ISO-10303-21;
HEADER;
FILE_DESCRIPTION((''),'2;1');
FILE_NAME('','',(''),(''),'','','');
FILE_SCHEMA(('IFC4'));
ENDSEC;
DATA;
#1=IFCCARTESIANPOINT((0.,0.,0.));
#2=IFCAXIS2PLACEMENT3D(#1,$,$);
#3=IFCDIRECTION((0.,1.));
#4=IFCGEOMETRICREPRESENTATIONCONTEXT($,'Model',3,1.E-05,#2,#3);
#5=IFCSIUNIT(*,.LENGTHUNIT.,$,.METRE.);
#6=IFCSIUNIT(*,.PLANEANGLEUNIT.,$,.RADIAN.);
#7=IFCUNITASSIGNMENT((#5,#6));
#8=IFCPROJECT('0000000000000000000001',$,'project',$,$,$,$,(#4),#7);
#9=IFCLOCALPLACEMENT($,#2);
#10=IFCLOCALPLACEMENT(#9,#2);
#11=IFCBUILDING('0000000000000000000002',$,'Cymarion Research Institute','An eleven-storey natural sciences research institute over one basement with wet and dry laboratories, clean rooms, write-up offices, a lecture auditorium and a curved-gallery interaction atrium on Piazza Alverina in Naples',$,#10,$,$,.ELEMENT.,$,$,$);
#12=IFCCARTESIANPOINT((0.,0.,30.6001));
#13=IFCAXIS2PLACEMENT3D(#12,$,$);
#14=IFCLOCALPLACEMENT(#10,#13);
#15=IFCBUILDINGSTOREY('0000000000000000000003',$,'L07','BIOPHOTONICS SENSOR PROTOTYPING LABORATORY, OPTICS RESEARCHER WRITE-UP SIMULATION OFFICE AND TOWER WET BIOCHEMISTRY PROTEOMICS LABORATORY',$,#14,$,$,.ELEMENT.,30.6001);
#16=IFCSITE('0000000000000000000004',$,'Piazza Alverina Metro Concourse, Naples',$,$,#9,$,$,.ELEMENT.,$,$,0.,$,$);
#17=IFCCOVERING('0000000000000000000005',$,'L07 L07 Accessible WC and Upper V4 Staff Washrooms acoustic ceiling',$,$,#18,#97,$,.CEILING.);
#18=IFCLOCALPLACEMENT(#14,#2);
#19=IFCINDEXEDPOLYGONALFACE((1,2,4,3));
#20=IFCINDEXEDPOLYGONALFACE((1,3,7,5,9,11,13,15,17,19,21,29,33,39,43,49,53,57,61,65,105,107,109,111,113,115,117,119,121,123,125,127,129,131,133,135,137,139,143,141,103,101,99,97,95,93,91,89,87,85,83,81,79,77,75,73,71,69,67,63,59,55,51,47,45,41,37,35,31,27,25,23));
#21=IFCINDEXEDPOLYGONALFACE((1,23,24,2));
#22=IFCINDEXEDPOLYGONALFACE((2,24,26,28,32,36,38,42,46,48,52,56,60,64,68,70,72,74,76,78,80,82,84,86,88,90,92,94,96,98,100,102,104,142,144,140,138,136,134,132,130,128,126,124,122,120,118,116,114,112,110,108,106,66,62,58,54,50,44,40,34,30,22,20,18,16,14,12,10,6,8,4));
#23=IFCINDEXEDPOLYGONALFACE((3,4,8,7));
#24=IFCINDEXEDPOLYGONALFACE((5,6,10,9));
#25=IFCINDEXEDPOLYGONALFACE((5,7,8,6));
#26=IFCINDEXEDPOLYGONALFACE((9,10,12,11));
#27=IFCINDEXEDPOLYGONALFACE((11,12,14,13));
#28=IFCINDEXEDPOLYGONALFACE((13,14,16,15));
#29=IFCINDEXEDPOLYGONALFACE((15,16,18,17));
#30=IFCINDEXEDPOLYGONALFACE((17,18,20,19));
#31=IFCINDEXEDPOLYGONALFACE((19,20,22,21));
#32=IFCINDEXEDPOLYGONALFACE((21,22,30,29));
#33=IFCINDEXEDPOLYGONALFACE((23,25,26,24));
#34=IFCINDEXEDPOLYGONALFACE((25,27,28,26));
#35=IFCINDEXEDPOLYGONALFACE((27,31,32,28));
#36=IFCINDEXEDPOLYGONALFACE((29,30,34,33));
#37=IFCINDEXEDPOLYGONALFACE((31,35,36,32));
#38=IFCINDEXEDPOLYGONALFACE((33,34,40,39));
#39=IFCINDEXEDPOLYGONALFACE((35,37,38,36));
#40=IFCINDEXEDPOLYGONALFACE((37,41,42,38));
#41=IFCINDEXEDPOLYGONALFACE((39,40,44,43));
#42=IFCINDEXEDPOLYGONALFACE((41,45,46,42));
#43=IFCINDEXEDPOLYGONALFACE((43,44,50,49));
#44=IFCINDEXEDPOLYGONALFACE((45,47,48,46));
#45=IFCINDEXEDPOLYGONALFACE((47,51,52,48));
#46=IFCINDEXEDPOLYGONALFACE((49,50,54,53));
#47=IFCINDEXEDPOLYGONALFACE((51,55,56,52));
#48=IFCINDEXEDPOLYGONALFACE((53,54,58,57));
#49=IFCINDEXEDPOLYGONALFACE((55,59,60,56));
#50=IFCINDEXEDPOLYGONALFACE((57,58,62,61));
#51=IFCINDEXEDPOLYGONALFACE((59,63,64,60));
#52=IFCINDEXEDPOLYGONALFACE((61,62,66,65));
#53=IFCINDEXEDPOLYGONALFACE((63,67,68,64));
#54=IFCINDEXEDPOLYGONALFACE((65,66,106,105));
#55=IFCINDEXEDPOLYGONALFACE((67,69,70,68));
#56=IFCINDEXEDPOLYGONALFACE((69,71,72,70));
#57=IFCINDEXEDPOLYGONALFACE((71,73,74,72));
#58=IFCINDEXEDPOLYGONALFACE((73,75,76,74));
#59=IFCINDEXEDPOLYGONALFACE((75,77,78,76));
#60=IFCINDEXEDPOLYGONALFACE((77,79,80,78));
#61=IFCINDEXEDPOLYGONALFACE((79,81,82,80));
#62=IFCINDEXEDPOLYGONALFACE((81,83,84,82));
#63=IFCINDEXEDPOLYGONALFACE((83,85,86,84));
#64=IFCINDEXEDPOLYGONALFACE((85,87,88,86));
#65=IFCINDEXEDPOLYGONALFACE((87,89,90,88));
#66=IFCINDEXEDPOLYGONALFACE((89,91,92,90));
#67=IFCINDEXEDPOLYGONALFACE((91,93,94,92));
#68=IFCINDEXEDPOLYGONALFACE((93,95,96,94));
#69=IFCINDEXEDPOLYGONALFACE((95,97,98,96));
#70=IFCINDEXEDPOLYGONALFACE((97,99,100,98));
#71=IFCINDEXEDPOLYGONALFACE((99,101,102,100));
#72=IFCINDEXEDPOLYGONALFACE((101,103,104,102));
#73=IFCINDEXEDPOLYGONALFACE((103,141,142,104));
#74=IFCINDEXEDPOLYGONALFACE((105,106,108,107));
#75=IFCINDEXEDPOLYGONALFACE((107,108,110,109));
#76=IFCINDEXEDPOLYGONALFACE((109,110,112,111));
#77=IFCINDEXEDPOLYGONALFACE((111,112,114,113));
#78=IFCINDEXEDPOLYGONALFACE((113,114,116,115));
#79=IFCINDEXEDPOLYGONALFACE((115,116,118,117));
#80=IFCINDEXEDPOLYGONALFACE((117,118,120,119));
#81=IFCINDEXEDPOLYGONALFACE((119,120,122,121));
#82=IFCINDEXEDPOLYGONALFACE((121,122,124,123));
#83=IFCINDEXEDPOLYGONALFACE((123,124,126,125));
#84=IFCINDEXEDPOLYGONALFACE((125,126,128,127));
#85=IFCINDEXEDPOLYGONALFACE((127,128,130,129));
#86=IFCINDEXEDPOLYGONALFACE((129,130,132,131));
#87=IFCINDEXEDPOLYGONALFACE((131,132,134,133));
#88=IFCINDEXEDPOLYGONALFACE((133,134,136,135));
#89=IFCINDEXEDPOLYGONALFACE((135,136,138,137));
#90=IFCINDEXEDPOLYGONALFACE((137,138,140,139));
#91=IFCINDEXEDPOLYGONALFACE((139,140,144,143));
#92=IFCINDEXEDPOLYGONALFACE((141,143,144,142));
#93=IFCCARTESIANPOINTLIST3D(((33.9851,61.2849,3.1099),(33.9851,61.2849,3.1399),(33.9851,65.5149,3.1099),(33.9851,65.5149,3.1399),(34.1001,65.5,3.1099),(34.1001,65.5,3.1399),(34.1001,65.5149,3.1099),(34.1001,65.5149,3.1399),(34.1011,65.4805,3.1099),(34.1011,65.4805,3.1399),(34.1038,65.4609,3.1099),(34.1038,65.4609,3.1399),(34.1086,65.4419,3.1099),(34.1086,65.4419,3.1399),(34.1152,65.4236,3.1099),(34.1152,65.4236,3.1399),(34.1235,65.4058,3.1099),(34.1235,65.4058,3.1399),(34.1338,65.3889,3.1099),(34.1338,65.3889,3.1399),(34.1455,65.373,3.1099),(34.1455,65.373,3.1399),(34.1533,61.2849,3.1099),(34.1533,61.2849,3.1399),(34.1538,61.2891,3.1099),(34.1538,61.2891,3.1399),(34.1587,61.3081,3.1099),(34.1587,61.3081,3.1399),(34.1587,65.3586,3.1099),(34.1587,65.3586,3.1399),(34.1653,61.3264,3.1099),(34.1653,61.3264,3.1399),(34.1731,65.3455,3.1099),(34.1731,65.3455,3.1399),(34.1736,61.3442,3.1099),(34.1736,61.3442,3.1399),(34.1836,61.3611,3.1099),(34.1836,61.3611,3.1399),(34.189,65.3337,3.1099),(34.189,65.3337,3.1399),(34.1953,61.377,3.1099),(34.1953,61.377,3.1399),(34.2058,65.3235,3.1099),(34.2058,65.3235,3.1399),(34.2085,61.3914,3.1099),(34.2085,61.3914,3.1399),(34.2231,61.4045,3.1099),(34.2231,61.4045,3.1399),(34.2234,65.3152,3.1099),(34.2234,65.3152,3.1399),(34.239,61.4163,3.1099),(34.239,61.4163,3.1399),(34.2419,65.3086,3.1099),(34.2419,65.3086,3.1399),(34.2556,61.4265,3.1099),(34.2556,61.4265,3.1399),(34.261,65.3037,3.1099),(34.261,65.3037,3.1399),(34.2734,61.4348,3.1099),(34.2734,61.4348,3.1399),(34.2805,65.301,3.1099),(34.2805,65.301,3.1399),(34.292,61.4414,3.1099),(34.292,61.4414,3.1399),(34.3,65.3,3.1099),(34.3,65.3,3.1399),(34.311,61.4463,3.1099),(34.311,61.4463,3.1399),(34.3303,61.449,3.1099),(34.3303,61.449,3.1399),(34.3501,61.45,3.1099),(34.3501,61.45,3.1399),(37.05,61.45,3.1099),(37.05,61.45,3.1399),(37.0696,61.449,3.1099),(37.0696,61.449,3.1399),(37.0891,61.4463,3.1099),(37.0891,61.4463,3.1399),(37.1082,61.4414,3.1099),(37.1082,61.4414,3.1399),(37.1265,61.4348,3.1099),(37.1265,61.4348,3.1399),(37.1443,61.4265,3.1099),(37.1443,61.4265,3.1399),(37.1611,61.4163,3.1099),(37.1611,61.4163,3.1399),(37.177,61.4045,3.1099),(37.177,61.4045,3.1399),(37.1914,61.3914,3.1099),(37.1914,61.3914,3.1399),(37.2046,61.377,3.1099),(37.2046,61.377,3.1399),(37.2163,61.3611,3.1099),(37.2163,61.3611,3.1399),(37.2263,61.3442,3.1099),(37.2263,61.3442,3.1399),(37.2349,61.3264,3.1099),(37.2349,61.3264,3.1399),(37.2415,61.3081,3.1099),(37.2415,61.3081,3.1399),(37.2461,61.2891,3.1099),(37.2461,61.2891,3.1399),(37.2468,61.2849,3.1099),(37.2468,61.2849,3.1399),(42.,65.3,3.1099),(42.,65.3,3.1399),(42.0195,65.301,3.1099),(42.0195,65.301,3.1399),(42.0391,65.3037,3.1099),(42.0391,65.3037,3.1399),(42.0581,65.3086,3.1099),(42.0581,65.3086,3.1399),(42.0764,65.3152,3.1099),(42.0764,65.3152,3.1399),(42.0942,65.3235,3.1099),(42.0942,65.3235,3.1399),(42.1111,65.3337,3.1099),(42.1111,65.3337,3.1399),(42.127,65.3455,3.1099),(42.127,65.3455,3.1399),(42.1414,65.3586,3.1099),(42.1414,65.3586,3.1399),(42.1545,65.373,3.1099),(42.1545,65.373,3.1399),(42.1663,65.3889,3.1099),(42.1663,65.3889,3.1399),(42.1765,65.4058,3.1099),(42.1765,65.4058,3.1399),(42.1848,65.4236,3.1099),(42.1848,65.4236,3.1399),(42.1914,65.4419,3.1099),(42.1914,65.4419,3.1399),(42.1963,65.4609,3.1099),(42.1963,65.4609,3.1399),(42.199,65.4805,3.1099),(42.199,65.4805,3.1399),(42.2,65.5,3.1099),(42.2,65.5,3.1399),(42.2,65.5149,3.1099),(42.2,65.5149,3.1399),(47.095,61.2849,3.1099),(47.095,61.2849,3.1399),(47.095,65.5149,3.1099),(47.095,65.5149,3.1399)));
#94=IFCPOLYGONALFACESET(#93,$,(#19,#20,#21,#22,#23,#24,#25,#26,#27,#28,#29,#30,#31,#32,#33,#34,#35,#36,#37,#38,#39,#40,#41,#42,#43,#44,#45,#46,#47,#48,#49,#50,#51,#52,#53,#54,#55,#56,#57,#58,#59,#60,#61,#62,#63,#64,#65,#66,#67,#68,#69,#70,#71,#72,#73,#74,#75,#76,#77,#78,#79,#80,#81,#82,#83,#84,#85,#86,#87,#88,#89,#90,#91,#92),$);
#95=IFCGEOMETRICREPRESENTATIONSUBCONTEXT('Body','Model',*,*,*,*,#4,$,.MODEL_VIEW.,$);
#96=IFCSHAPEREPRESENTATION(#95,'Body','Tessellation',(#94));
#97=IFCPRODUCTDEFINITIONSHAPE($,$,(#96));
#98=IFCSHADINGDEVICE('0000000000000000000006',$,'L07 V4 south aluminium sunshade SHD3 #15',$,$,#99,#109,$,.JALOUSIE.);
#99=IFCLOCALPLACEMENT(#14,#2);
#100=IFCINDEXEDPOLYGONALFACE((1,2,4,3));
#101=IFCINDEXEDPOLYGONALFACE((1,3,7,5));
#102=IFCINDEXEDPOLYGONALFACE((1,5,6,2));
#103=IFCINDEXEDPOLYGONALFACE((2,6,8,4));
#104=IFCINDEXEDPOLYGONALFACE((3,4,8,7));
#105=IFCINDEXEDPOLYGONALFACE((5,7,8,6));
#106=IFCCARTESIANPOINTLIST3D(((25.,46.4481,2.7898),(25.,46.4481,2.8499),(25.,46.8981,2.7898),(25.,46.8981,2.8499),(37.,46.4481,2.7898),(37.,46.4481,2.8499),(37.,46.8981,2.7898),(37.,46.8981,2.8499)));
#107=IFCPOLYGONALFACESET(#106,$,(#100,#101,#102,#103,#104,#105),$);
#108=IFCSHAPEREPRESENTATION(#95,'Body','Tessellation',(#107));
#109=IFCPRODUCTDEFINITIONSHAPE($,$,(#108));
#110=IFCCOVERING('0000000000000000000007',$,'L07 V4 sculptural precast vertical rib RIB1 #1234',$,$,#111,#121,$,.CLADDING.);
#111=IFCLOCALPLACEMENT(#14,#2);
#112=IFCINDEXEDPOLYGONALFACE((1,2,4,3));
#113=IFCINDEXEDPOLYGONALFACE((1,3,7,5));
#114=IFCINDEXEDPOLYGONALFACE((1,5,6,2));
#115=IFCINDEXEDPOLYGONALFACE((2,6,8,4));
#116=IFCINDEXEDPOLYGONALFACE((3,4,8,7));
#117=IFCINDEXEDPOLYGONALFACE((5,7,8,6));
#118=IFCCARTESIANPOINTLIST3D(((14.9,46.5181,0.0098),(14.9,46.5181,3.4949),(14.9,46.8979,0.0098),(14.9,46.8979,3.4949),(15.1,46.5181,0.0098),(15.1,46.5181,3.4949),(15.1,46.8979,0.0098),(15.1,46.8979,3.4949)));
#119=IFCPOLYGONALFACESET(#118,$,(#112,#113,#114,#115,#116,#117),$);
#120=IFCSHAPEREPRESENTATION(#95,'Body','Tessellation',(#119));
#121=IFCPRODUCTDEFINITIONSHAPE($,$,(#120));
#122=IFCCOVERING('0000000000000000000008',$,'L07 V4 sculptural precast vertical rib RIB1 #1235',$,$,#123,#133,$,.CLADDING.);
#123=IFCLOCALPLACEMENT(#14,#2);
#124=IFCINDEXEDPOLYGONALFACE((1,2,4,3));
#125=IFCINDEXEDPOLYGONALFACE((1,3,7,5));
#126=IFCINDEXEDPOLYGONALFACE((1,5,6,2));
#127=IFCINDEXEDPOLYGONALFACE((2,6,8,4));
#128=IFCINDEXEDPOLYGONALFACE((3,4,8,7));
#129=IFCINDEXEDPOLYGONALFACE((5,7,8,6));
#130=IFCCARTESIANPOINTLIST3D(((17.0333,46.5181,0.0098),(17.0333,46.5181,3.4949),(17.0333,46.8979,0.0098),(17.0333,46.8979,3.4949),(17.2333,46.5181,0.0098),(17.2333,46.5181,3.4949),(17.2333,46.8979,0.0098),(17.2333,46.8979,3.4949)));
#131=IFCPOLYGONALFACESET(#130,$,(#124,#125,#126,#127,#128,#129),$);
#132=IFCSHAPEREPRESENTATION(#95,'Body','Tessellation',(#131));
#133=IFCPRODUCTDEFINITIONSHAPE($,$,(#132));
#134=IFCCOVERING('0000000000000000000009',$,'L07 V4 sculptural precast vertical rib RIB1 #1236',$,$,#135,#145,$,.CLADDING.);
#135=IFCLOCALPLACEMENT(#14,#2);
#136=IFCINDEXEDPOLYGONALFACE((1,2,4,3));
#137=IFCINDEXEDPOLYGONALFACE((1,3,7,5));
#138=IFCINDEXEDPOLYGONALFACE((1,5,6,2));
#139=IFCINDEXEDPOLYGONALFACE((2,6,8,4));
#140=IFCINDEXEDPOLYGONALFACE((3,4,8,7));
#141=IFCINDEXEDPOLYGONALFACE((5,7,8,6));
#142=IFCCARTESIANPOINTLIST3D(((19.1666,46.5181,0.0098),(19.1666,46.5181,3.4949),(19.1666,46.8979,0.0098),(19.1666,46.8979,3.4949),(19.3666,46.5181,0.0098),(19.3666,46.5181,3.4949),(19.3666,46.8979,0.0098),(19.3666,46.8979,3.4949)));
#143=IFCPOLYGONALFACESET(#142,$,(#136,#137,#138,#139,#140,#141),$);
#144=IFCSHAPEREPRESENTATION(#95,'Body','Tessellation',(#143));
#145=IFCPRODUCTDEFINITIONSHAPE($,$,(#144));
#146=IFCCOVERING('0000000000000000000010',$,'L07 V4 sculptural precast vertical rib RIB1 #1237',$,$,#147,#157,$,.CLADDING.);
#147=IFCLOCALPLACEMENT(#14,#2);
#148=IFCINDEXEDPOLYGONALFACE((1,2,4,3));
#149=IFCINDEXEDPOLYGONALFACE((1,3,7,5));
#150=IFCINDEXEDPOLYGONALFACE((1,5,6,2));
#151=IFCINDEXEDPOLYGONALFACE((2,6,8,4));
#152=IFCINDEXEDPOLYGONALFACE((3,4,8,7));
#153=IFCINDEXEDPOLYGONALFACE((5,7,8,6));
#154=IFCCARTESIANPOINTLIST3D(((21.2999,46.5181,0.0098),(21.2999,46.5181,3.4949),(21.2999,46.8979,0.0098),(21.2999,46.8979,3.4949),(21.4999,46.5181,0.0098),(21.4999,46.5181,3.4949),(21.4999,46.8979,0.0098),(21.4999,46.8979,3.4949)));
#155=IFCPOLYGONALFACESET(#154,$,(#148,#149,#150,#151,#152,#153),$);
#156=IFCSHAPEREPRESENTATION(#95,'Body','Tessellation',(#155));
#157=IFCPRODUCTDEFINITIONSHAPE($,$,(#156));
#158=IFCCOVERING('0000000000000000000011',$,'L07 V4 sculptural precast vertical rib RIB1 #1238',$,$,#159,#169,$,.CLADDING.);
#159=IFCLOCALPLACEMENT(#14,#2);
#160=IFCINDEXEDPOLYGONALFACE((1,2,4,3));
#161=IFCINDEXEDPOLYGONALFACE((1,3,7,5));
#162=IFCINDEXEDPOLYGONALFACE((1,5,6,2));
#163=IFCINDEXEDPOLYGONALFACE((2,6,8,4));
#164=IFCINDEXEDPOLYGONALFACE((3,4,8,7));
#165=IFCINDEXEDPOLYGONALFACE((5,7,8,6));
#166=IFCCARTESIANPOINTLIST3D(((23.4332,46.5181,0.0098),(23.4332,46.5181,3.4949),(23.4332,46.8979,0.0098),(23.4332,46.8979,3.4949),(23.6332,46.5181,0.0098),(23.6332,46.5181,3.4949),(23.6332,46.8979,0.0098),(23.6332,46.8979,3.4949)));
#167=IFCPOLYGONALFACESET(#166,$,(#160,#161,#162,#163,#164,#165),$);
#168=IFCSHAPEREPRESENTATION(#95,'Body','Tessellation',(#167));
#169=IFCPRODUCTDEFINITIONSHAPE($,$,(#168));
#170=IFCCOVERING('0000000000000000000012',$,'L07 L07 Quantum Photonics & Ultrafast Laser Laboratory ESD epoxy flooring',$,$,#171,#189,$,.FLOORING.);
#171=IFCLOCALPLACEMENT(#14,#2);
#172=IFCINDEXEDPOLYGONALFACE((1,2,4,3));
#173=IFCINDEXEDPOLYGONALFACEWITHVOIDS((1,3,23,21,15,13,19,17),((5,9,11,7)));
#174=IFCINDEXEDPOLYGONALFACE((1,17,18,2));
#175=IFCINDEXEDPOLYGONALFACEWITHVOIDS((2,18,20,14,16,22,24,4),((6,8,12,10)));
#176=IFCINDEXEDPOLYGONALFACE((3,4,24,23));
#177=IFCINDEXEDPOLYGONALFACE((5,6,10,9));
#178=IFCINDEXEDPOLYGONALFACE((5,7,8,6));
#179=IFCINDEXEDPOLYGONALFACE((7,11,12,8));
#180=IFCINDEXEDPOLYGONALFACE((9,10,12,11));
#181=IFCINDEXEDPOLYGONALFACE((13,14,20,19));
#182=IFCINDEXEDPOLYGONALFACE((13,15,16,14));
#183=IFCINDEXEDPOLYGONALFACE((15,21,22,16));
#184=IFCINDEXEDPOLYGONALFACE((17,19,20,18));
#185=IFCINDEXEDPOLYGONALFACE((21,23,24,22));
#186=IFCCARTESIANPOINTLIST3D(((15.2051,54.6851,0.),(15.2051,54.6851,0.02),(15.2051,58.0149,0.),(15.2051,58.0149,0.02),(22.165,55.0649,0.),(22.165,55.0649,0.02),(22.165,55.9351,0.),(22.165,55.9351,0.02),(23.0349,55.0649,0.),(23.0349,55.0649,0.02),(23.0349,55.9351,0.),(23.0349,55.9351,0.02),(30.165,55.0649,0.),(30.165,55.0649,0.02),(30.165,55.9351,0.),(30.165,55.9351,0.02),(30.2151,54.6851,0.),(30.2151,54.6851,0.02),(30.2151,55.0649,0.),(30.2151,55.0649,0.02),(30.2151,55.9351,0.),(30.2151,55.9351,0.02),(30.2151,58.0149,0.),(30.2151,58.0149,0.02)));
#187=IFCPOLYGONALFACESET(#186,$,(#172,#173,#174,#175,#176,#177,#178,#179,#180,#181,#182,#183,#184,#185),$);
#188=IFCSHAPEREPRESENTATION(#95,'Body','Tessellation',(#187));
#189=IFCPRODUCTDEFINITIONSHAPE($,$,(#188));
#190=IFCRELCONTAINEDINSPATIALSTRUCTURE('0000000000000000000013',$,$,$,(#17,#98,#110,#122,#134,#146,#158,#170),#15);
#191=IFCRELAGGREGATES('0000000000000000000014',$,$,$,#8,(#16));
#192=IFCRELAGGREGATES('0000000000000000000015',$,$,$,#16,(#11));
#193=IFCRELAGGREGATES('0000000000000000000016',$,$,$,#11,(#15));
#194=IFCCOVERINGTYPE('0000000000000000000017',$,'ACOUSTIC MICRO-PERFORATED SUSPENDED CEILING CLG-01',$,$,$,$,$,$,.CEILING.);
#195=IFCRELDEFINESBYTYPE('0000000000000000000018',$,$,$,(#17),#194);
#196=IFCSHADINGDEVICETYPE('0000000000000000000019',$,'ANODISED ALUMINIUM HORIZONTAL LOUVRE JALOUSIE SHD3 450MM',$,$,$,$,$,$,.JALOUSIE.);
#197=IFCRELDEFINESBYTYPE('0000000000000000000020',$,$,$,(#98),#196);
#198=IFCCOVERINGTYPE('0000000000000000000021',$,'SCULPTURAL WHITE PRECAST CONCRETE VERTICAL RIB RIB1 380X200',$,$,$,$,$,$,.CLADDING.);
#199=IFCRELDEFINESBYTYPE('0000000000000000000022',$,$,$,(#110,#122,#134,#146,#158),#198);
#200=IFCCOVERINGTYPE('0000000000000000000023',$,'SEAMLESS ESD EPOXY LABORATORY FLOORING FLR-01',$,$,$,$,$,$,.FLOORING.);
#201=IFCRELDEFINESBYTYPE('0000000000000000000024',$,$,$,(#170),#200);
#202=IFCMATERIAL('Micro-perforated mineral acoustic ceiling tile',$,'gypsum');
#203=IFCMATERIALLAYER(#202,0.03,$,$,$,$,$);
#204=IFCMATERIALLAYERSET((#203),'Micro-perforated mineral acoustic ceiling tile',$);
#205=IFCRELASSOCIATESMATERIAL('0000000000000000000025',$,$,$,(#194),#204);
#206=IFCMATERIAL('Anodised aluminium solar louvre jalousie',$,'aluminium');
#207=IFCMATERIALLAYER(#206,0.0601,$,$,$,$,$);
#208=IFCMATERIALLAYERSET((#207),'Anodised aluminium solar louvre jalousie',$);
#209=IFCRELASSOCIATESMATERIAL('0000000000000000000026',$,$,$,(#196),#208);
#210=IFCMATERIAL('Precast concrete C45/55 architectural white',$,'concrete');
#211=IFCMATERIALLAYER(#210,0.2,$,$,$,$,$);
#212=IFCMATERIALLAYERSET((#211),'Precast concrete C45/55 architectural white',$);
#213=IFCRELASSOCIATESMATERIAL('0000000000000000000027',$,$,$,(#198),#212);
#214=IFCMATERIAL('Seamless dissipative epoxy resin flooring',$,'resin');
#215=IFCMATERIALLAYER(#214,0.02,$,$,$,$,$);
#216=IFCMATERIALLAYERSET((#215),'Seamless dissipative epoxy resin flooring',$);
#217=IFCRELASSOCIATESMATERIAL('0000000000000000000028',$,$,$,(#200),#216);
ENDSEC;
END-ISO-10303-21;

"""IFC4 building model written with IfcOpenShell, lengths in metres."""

from ifc_helpers import new_model, si_unit, direction, frame, origin, origin_2d, place, context, subcontext, project, spatial, polyline, rectangle, outline, extrude, material, layer, layer_set, type_object, element, save


model = new_model("IFC4")

# Units and contexts
model_context = context("Model", 3, precision=1e-05, world=origin(), true_north=direction((0.0, 1.0)))
body_context = subcontext(model_context, "Body", "Model", "MODEL_VIEW")
ifc_project = project(units=[si_unit("LENGTHUNIT", "METRE"), si_unit("PLANEANGLEUNIT", "RADIAN")], contexts=[model_context])

# Site, building, storey
site_placement = place(None, origin())
site = spatial("IfcSite", under=ifc_project, at=site_placement, Name="Piazza Alverina Metro Concourse, Naples", CompositionType="ELEMENT", RefElevation=0.0)
building_placement = place(site_placement, origin())
building = spatial("IfcBuilding", under=site, at=building_placement, Name="Cymarion Research Institute", Description="An eleven-storey natural sciences research institute over one basement with wet and dry laboratories, clean rooms, write-up offices, a lecture auditorium and a curved-gallery interaction atrium on Piazza Alverina in Naples", CompositionType="ELEMENT")
storey_placement = place(building_placement, frame((0.0, 0.0, 30.6001)))
storey = spatial("IfcBuildingStorey", under=building, at=storey_placement, Name="L07", Description="BIOPHOTONICS SENSOR PROTOTYPING LABORATORY, OPTICS RESEARCHER WRITE-UP SIMULATION OFFICE AND TOWER WET BIOCHEMISTRY PROTEOMICS LABORATORY", CompositionType="ELEMENT", Elevation=30.6001)

# Covering
ifc_material_1 = material(Name="Micro-perforated mineral acoustic ceiling tile", Category="gypsum")
ifc_layer_1 = layer(ifc_material_1, 0.03)
ifc_layer_set_1 = layer_set([ifc_layer_1], Name="Micro-perforated mineral acoustic ceiling tile")
covering_type_1 = type_object("IfcCoveringType", Name="ACOUSTIC MICRO-PERFORATED SUSPENDED CEILING CLG-01", PredefinedType="CEILING", material=ifc_layer_set_1)
covering_1_placement = place(storey_placement, frame((0.0, 0.0, 3.1099)))
element("IfcCovering", 1, at=covering_1_placement, inside=storey, type_object=covering_type_1, Name="L07 L07 Accessible WC and Upper V4 Staff Washrooms acoustic ceiling", PredefinedType="CEILING", context=body_context, shape_type="SweptSolid", body=[
    extrude(outline(polyline([(34.1001, 65.5149), (34.1001, 65.5), (34.1011, 65.4805), (34.1038, 65.4609), (34.1086, 65.4419), (34.1152, 65.4236), (34.1235, 65.4058), (34.1338, 65.3889), (34.1455, 65.373), (34.1587, 65.3586), (34.1731, 65.3455), (34.189, 65.3337), (34.2058, 65.3235), (34.2234, 65.3152), (34.2419, 65.3086), (34.261, 65.3037), (34.2805, 65.301), (34.3, 65.3), (42.0, 65.3), (42.0195, 65.301), (42.0391, 65.3037), (42.0581, 65.3086), (42.0764, 65.3152), (42.0942, 65.3235), (42.1111, 65.3337), (42.127, 65.3455), (42.1414, 65.3586), (42.1545, 65.373), (42.1663, 65.3889), (42.1765, 65.4058), (42.1848, 65.4236), (42.1914, 65.4419), (42.1963, 65.4609), (42.199, 65.4805), (42.2, 65.5), (42.2, 65.5149), (47.095, 65.5149), (47.095, 61.2849), (37.2468, 61.2849), (37.2461, 61.2891), (37.2415, 61.3081), (37.2349, 61.3264), (37.2263, 61.3442), (37.2163, 61.3611), (37.2046, 61.377), (37.1914, 61.3914), (37.177, 61.4045), (37.1611, 61.4163), (37.1443, 61.4265), (37.1265, 61.4348), (37.1082, 61.4414), (37.0891, 61.4463), (37.0696, 61.449), (37.05, 61.45), (34.3501, 61.45), (34.3303, 61.449), (34.311, 61.4463), (34.292, 61.4414), (34.2734, 61.4348), (34.2556, 61.4265), (34.239, 61.4163), (34.2231, 61.4045), (34.2085, 61.3914), (34.1953, 61.377), (34.1836, 61.3611), (34.1736, 61.3442), (34.1653, 61.3264), (34.1587, 61.3081), (34.1538, 61.2891), (34.1533, 61.2849), (33.9851, 61.2849), (33.9851, 65.5149), (34.1001, 65.5149)])), origin(), (0.0, 0.0, 1.0), 0.03),
])

# Shading device
ifc_material_2 = material(Name="Anodised aluminium solar louvre jalousie", Category="aluminium")
ifc_layer_2 = layer(ifc_material_2, 0.0601)
ifc_layer_set_2 = layer_set([ifc_layer_2], Name="Anodised aluminium solar louvre jalousie")
shading_device_type = type_object("IfcShadingDeviceType", Name="ANODISED ALUMINIUM HORIZONTAL LOUVRE JALOUSIE SHD3 450MM", PredefinedType="JALOUSIE", material=ifc_layer_set_2)
shading_device_placement = place(storey_placement, frame((31.0, 46.6731, 2.7898), z_axis=(0.0, 0.0, 1.0), x_axis=(0.0, -1.0, 0.0)))
element("IfcShadingDevice", 2, at=shading_device_placement, inside=storey, type_object=shading_device_type, Name="L07 V4 south aluminium sunshade SHD3 #15", PredefinedType="JALOUSIE", context=body_context, shape_type="SweptSolid", body=[
    extrude(rectangle(XDim=0.45, YDim=12.0, at=origin_2d()), origin(), (0.0, 0.0, 1.0), 0.0601),
])

# Coverings
ifc_material_3 = material(Name="Precast concrete C45/55 architectural white", Category="concrete")
ifc_layer_3 = layer(ifc_material_3, 0.2)
ifc_layer_set_3 = layer_set([ifc_layer_3], Name="Precast concrete C45/55 architectural white")
covering_type_2 = type_object("IfcCoveringType", Name="SCULPTURAL WHITE PRECAST CONCRETE VERTICAL RIB RIB1 380X200", PredefinedType="CLADDING", material=ifc_layer_set_3)
for number, where, z_axis, x_axis, name in (
    (3, (15.0, 46.708, 0.0098), (0.0, 0.0, 1.0), (0.0, -1.0, 0.0), "L07 V4 sculptural precast vertical rib RIB1 #1234"),
    (4, (17.1333, 46.708, 0.0098), (0.0, 0.0, 1.0), (0.0, -1.0, 0.0), "L07 V4 sculptural precast vertical rib RIB1 #1235"),
    (5, (19.2666, 46.708, 0.0098), (0.0, 0.0, 1.0), (0.0, -1.0, 0.0), "L07 V4 sculptural precast vertical rib RIB1 #1236"),
    (6, (21.3999, 46.708, 0.0098), (0.0, 0.0, 1.0), (0.0, -1.0, 0.0), "L07 V4 sculptural precast vertical rib RIB1 #1237"),
    (7, (23.5332, 46.708, 0.0098), (0.0, 0.0, 1.0), (0.0, -1.0, 0.0), "L07 V4 sculptural precast vertical rib RIB1 #1238"),
):
    element("IfcCovering", number, at=place(storey_placement, frame(where, z_axis=z_axis, x_axis=x_axis)), inside=storey, type_object=covering_type_2, Name=name, PredefinedType="CLADDING", context=body_context, shape_type="SweptSolid", body=[
        extrude(rectangle(XDim=0.3799, YDim=0.2, at=origin_2d()), origin(), (0.0, 0.0, 1.0), 3.4851),
    ])
ifc_material_4 = material(Name="Seamless dissipative epoxy resin flooring", Category="resin")
ifc_layer_4 = layer(ifc_material_4, 0.02)
ifc_layer_set_4 = layer_set([ifc_layer_4], Name="Seamless dissipative epoxy resin flooring")
covering_type_3 = type_object("IfcCoveringType", Name="SEAMLESS ESD EPOXY LABORATORY FLOORING FLR-01", PredefinedType="FLOORING", material=ifc_layer_set_4)
covering_2_placement = place(storey_placement, origin())
element("IfcCovering", 8, at=covering_2_placement, inside=storey, type_object=covering_type_3, Name="L07 L07 Quantum Photonics & Ultrafast Laser Laboratory ESD epoxy flooring", PredefinedType="FLOORING", context=body_context, shape_type="SweptSolid", body=[
    extrude(outline(polyline([(30.2151, 55.0649), (30.2151, 54.6851), (15.2051, 54.6851), (15.2051, 58.0149), (30.2151, 58.0149), (30.2151, 55.9351), (30.165, 55.9351), (30.165, 55.0649), (30.2151, 55.0649)]), holes=[polyline([(22.165, 55.0649), (23.0349, 55.0649), (23.0349, 55.9351), (22.165, 55.9351), (22.165, 55.0649)])]), origin(), (0.0, 0.0, 1.0), 0.02),
])

save(model, "model.ifc")
